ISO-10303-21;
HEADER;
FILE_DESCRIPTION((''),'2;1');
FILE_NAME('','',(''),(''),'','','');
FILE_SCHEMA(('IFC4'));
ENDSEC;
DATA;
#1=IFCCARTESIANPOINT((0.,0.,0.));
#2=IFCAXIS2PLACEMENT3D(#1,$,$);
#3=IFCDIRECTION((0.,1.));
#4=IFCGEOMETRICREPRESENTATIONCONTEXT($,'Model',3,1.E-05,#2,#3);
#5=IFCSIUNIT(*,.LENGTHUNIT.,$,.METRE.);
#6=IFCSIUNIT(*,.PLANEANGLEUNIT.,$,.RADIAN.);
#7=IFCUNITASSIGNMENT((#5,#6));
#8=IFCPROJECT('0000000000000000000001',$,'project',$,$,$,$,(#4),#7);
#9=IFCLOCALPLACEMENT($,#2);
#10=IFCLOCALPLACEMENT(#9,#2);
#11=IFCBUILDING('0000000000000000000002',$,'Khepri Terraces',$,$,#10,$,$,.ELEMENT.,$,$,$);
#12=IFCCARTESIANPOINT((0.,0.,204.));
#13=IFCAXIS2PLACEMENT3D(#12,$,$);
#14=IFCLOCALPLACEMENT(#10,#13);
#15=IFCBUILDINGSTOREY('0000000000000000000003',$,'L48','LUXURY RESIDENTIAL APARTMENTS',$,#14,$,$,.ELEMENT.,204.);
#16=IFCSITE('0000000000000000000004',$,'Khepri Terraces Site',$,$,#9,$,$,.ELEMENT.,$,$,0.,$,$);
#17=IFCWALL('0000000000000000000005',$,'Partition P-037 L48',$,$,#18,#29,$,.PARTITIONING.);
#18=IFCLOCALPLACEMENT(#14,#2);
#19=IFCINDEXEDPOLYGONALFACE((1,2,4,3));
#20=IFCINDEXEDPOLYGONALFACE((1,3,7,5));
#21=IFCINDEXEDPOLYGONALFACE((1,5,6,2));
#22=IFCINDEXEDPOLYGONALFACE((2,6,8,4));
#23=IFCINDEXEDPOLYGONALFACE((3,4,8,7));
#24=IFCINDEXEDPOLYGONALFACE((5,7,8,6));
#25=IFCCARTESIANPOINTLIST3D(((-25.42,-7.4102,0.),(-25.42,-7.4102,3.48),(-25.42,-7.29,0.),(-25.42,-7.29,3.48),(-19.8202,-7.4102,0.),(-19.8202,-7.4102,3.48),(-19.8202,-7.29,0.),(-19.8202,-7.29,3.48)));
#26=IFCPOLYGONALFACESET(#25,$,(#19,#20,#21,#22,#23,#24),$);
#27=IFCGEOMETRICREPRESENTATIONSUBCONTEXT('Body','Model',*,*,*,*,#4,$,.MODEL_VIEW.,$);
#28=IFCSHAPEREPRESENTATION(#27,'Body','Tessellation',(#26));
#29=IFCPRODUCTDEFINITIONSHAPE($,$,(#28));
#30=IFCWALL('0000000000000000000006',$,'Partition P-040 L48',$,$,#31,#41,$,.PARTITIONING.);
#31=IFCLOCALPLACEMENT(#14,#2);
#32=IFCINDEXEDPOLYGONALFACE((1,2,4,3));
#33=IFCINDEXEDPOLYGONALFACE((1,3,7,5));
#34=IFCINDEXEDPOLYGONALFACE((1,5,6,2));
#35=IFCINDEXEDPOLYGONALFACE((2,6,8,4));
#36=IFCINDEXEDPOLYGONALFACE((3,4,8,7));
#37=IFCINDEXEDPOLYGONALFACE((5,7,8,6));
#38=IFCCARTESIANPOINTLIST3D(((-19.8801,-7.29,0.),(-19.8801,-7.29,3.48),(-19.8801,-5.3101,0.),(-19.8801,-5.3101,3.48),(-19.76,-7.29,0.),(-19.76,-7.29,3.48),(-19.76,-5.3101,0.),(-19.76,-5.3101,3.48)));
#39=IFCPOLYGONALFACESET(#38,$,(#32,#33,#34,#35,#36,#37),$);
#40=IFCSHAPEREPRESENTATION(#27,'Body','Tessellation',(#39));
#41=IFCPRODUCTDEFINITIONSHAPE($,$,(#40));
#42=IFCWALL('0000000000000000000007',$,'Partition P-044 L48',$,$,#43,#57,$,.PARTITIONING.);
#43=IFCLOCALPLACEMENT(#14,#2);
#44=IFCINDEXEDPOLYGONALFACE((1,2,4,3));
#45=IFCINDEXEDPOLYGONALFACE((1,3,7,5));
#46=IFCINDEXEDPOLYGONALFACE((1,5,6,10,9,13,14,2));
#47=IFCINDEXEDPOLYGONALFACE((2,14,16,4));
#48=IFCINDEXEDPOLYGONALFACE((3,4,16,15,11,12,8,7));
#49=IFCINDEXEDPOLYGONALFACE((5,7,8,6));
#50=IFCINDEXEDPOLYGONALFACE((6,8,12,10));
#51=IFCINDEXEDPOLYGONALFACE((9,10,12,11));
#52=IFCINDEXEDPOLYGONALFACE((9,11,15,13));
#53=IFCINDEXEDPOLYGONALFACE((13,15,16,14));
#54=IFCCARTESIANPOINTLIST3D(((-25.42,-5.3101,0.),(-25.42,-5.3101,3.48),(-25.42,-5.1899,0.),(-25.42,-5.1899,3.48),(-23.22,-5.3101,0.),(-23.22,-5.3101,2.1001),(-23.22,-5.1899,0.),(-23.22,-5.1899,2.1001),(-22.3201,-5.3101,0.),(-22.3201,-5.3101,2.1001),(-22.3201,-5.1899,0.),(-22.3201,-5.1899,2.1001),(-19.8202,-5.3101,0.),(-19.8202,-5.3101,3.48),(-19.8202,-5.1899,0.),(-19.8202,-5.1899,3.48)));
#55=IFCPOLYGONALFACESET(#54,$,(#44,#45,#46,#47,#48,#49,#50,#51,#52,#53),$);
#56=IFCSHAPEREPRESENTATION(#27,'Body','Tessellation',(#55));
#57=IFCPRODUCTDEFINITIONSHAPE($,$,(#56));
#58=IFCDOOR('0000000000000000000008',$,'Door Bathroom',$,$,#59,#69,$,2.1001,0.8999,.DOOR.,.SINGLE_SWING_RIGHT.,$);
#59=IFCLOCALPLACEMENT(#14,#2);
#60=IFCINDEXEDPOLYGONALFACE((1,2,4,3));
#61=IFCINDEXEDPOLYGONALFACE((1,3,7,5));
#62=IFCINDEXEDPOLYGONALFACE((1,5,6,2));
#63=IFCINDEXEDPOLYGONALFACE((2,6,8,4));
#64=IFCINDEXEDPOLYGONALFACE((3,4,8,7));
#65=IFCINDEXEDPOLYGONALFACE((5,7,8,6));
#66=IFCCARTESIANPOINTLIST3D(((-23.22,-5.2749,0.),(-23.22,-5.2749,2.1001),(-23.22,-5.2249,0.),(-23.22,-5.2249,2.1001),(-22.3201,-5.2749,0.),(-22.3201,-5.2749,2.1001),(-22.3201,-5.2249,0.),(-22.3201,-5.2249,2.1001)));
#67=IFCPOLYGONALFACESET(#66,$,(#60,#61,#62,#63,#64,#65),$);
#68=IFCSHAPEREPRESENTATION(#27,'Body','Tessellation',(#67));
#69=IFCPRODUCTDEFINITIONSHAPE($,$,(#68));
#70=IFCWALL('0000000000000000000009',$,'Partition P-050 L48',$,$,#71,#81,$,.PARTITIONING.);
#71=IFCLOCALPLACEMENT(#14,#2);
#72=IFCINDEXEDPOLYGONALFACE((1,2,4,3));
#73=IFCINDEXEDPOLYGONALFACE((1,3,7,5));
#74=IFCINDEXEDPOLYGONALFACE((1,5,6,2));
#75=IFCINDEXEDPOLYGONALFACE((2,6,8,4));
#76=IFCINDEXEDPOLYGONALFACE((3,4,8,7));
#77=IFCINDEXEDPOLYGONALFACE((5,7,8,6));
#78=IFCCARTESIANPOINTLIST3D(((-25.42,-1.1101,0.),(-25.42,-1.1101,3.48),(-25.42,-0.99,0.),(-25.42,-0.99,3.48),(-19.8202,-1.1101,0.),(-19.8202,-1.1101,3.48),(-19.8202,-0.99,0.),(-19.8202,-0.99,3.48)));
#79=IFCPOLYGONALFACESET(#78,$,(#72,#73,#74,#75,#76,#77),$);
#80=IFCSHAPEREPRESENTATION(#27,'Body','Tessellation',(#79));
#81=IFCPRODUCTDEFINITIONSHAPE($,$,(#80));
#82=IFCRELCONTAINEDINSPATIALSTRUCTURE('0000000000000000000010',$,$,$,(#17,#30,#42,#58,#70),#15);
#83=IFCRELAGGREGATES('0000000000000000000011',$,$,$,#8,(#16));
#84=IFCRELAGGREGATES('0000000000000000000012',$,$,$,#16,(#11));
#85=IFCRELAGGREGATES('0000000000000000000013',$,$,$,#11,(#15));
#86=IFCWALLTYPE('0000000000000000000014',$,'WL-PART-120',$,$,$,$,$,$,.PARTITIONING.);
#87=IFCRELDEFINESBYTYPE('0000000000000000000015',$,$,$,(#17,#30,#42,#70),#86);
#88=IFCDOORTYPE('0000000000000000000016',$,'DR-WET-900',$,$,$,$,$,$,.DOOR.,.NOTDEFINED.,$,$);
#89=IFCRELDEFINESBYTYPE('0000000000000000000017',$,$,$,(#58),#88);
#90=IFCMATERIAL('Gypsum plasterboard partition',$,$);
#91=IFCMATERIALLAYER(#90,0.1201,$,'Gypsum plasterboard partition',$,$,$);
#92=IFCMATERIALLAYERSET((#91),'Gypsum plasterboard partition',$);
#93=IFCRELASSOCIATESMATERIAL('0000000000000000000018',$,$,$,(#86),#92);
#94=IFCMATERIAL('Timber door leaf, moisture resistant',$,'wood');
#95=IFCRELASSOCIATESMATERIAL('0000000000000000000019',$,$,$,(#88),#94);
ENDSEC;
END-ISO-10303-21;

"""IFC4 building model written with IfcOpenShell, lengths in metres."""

from ifc_helpers import new_model, si_unit, direction, frame, frame_2d, origin, place, context, subcontext, project, spatial, rectangle, extrude, material, layer, layer_set, type_object, element, fill, save


model = new_model("IFC4")

# Units and contexts
model_context = context("Model", 3, precision=1e-05, world=origin(), true_north=direction((0.0, 1.0)))
body_context = subcontext(model_context, "Body", "Model", "MODEL_VIEW")
ifc_project = project(units=[si_unit("LENGTHUNIT", "METRE"), si_unit("PLANEANGLEUNIT", "RADIAN")], contexts=[model_context])

# Site, building, storey
site_placement = place(None, origin())
site = spatial("IfcSite", under=ifc_project, at=site_placement, Name="Khepri Terraces Site", CompositionType="ELEMENT", RefElevation=0.0)
building_placement = place(site_placement, origin())
building = spatial("IfcBuilding", under=site, at=building_placement, Name="Khepri Terraces", CompositionType="ELEMENT")
storey_placement = place(building_placement, frame((0.0, 0.0, 204.0)))
storey = spatial("IfcBuildingStorey", under=building, at=storey_placement, Name="L48", Description="LUXURY RESIDENTIAL APARTMENTS", CompositionType="ELEMENT", Elevation=204.0)

# Shared definitions
ifc_material_1 = material(Name="Gypsum plasterboard partition")
ifc_layer_1 = layer(ifc_material_1, 0.1201, Name="Gypsum plasterboard partition")
ifc_layer_set_1 = layer_set([ifc_layer_1], Name="Gypsum plasterboard partition")
wall_type_1 = type_object("IfcWallType", Name="WL-PART-120", PredefinedType="PARTITIONING", material=ifc_layer_set_1)

# Walls
wall_1_placement = place(storey_placement, frame((-25.4199, -7.3501, 0.0), z_axis=(0.0, 0.0, 1.0), x_axis=(1.0, 0.0, 0.0)))
element("IfcWall", 1, at=wall_1_placement, inside=storey, type_object=wall_type_1, Name="Partition P-037 L48", PredefinedType="PARTITIONING", context=body_context, shape_type="SweptSolid", body=[
    extrude(rectangle(XDim=5.5999, YDim=0.1201, at=frame_2d((2.7998, 0.0))), origin(), (0.0, 0.0, 1.0), 3.48),
])
wall_2_placement = place(storey_placement, frame((-19.8201, -7.29, 0.0), z_axis=(0.0, 0.0, 1.0), x_axis=(0.0, 1.0, 0.0)))
element("IfcWall", 2, at=wall_2_placement, inside=storey, type_object=wall_type_1, Name="Partition P-040 L48", PredefinedType="PARTITIONING", context=body_context, shape_type="SweptSolid", body=[
    extrude(rectangle(XDim=1.98, YDim=0.1201, at=frame_2d((0.99, 0.0))), origin(), (0.0, 0.0, 1.0), 3.48),
])

# Wall, opening, door
wall_3_placement = place(storey_placement, frame((-25.4199, -5.25, 0.0), z_axis=(0.0, 0.0, 1.0), x_axis=(1.0, 0.0, 0.0)))
wall_3 = element("IfcWall", 3, at=wall_3_placement, inside=storey, type_object=wall_type_1, Name="Partition P-044 L48", PredefinedType="PARTITIONING", context=body_context, shape_type="SweptSolid", body=[
    extrude(rectangle(XDim=5.5999, YDim=0.1201, at=frame_2d((2.7998, 0.0))), origin(), (0.0, 0.0, 1.0), 3.48),
])
opening_1_placement = place(wall_3_placement, frame((2.2, 0.0, 0.0)))
opening_1 = element("IfcOpeningElement", 4, at=opening_1_placement, cuts=wall_3, PredefinedType="OPENING", context=body_context, shape_type="SweptSolid", body=[
    extrude(rectangle(XDim=0.8999, YDim=2.1001, at=frame_2d((0.45, 1.05))), frame((0.0, 0.0701, 0.0), z_axis=(0.0, -1.0, 0.0), x_axis=(1.0, 0.0, 0.0)), (0.0, 0.0, 1.0), 0.1401),
])
ifc_material_2 = material(Name="Timber door leaf, moisture resistant", Category="wood")
door_type_1 = type_object("IfcDoorType", Name="DR-WET-900", OperationType="NOTDEFINED", PredefinedType="DOOR", material=ifc_material_2)
door_1_placement = place(opening_1_placement, frame((0.8999, 0.0, 0.0), z_axis=(0.0, 0.0, 1.0), x_axis=(-1.0, 0.0, 0.0)))
door_1 = element("IfcDoor", 5, at=door_1_placement, inside=storey, type_object=door_type_1, Name="Door Bathroom", OperationType="SINGLE_SWING_RIGHT", OverallHeight=2.1001, OverallWidth=0.8999, PredefinedType="DOOR", context=body_context, shape_type="SweptSolid", body=[
    extrude(rectangle(XDim=0.8999, YDim=2.1001, at=frame_2d((0.45, 1.05))), frame((0.0, 0.0249, 0.0), z_axis=(0.0, -1.0, 0.0), x_axis=(1.0, 0.0, 0.0)), (0.0, 0.0, 1.0), 0.05),
])
fill(opening_1, door_1)

# Wall
wall_4_placement = place(storey_placement, frame((-25.4199, -1.05, 0.0), z_axis=(0.0, 0.0, 1.0), x_axis=(1.0, 0.0, 0.0)))
element("IfcWall", 6, at=wall_4_placement, inside=storey, type_object=wall_type_1, Name="Partition P-050 L48", PredefinedType="PARTITIONING", context=body_context, shape_type="SweptSolid", body=[
    extrude(rectangle(XDim=5.5999, YDim=0.1201, at=frame_2d((2.7998, 0.0))), origin(), (0.0, 0.0, 1.0), 3.48),
])

save(model, "model.ifc")
